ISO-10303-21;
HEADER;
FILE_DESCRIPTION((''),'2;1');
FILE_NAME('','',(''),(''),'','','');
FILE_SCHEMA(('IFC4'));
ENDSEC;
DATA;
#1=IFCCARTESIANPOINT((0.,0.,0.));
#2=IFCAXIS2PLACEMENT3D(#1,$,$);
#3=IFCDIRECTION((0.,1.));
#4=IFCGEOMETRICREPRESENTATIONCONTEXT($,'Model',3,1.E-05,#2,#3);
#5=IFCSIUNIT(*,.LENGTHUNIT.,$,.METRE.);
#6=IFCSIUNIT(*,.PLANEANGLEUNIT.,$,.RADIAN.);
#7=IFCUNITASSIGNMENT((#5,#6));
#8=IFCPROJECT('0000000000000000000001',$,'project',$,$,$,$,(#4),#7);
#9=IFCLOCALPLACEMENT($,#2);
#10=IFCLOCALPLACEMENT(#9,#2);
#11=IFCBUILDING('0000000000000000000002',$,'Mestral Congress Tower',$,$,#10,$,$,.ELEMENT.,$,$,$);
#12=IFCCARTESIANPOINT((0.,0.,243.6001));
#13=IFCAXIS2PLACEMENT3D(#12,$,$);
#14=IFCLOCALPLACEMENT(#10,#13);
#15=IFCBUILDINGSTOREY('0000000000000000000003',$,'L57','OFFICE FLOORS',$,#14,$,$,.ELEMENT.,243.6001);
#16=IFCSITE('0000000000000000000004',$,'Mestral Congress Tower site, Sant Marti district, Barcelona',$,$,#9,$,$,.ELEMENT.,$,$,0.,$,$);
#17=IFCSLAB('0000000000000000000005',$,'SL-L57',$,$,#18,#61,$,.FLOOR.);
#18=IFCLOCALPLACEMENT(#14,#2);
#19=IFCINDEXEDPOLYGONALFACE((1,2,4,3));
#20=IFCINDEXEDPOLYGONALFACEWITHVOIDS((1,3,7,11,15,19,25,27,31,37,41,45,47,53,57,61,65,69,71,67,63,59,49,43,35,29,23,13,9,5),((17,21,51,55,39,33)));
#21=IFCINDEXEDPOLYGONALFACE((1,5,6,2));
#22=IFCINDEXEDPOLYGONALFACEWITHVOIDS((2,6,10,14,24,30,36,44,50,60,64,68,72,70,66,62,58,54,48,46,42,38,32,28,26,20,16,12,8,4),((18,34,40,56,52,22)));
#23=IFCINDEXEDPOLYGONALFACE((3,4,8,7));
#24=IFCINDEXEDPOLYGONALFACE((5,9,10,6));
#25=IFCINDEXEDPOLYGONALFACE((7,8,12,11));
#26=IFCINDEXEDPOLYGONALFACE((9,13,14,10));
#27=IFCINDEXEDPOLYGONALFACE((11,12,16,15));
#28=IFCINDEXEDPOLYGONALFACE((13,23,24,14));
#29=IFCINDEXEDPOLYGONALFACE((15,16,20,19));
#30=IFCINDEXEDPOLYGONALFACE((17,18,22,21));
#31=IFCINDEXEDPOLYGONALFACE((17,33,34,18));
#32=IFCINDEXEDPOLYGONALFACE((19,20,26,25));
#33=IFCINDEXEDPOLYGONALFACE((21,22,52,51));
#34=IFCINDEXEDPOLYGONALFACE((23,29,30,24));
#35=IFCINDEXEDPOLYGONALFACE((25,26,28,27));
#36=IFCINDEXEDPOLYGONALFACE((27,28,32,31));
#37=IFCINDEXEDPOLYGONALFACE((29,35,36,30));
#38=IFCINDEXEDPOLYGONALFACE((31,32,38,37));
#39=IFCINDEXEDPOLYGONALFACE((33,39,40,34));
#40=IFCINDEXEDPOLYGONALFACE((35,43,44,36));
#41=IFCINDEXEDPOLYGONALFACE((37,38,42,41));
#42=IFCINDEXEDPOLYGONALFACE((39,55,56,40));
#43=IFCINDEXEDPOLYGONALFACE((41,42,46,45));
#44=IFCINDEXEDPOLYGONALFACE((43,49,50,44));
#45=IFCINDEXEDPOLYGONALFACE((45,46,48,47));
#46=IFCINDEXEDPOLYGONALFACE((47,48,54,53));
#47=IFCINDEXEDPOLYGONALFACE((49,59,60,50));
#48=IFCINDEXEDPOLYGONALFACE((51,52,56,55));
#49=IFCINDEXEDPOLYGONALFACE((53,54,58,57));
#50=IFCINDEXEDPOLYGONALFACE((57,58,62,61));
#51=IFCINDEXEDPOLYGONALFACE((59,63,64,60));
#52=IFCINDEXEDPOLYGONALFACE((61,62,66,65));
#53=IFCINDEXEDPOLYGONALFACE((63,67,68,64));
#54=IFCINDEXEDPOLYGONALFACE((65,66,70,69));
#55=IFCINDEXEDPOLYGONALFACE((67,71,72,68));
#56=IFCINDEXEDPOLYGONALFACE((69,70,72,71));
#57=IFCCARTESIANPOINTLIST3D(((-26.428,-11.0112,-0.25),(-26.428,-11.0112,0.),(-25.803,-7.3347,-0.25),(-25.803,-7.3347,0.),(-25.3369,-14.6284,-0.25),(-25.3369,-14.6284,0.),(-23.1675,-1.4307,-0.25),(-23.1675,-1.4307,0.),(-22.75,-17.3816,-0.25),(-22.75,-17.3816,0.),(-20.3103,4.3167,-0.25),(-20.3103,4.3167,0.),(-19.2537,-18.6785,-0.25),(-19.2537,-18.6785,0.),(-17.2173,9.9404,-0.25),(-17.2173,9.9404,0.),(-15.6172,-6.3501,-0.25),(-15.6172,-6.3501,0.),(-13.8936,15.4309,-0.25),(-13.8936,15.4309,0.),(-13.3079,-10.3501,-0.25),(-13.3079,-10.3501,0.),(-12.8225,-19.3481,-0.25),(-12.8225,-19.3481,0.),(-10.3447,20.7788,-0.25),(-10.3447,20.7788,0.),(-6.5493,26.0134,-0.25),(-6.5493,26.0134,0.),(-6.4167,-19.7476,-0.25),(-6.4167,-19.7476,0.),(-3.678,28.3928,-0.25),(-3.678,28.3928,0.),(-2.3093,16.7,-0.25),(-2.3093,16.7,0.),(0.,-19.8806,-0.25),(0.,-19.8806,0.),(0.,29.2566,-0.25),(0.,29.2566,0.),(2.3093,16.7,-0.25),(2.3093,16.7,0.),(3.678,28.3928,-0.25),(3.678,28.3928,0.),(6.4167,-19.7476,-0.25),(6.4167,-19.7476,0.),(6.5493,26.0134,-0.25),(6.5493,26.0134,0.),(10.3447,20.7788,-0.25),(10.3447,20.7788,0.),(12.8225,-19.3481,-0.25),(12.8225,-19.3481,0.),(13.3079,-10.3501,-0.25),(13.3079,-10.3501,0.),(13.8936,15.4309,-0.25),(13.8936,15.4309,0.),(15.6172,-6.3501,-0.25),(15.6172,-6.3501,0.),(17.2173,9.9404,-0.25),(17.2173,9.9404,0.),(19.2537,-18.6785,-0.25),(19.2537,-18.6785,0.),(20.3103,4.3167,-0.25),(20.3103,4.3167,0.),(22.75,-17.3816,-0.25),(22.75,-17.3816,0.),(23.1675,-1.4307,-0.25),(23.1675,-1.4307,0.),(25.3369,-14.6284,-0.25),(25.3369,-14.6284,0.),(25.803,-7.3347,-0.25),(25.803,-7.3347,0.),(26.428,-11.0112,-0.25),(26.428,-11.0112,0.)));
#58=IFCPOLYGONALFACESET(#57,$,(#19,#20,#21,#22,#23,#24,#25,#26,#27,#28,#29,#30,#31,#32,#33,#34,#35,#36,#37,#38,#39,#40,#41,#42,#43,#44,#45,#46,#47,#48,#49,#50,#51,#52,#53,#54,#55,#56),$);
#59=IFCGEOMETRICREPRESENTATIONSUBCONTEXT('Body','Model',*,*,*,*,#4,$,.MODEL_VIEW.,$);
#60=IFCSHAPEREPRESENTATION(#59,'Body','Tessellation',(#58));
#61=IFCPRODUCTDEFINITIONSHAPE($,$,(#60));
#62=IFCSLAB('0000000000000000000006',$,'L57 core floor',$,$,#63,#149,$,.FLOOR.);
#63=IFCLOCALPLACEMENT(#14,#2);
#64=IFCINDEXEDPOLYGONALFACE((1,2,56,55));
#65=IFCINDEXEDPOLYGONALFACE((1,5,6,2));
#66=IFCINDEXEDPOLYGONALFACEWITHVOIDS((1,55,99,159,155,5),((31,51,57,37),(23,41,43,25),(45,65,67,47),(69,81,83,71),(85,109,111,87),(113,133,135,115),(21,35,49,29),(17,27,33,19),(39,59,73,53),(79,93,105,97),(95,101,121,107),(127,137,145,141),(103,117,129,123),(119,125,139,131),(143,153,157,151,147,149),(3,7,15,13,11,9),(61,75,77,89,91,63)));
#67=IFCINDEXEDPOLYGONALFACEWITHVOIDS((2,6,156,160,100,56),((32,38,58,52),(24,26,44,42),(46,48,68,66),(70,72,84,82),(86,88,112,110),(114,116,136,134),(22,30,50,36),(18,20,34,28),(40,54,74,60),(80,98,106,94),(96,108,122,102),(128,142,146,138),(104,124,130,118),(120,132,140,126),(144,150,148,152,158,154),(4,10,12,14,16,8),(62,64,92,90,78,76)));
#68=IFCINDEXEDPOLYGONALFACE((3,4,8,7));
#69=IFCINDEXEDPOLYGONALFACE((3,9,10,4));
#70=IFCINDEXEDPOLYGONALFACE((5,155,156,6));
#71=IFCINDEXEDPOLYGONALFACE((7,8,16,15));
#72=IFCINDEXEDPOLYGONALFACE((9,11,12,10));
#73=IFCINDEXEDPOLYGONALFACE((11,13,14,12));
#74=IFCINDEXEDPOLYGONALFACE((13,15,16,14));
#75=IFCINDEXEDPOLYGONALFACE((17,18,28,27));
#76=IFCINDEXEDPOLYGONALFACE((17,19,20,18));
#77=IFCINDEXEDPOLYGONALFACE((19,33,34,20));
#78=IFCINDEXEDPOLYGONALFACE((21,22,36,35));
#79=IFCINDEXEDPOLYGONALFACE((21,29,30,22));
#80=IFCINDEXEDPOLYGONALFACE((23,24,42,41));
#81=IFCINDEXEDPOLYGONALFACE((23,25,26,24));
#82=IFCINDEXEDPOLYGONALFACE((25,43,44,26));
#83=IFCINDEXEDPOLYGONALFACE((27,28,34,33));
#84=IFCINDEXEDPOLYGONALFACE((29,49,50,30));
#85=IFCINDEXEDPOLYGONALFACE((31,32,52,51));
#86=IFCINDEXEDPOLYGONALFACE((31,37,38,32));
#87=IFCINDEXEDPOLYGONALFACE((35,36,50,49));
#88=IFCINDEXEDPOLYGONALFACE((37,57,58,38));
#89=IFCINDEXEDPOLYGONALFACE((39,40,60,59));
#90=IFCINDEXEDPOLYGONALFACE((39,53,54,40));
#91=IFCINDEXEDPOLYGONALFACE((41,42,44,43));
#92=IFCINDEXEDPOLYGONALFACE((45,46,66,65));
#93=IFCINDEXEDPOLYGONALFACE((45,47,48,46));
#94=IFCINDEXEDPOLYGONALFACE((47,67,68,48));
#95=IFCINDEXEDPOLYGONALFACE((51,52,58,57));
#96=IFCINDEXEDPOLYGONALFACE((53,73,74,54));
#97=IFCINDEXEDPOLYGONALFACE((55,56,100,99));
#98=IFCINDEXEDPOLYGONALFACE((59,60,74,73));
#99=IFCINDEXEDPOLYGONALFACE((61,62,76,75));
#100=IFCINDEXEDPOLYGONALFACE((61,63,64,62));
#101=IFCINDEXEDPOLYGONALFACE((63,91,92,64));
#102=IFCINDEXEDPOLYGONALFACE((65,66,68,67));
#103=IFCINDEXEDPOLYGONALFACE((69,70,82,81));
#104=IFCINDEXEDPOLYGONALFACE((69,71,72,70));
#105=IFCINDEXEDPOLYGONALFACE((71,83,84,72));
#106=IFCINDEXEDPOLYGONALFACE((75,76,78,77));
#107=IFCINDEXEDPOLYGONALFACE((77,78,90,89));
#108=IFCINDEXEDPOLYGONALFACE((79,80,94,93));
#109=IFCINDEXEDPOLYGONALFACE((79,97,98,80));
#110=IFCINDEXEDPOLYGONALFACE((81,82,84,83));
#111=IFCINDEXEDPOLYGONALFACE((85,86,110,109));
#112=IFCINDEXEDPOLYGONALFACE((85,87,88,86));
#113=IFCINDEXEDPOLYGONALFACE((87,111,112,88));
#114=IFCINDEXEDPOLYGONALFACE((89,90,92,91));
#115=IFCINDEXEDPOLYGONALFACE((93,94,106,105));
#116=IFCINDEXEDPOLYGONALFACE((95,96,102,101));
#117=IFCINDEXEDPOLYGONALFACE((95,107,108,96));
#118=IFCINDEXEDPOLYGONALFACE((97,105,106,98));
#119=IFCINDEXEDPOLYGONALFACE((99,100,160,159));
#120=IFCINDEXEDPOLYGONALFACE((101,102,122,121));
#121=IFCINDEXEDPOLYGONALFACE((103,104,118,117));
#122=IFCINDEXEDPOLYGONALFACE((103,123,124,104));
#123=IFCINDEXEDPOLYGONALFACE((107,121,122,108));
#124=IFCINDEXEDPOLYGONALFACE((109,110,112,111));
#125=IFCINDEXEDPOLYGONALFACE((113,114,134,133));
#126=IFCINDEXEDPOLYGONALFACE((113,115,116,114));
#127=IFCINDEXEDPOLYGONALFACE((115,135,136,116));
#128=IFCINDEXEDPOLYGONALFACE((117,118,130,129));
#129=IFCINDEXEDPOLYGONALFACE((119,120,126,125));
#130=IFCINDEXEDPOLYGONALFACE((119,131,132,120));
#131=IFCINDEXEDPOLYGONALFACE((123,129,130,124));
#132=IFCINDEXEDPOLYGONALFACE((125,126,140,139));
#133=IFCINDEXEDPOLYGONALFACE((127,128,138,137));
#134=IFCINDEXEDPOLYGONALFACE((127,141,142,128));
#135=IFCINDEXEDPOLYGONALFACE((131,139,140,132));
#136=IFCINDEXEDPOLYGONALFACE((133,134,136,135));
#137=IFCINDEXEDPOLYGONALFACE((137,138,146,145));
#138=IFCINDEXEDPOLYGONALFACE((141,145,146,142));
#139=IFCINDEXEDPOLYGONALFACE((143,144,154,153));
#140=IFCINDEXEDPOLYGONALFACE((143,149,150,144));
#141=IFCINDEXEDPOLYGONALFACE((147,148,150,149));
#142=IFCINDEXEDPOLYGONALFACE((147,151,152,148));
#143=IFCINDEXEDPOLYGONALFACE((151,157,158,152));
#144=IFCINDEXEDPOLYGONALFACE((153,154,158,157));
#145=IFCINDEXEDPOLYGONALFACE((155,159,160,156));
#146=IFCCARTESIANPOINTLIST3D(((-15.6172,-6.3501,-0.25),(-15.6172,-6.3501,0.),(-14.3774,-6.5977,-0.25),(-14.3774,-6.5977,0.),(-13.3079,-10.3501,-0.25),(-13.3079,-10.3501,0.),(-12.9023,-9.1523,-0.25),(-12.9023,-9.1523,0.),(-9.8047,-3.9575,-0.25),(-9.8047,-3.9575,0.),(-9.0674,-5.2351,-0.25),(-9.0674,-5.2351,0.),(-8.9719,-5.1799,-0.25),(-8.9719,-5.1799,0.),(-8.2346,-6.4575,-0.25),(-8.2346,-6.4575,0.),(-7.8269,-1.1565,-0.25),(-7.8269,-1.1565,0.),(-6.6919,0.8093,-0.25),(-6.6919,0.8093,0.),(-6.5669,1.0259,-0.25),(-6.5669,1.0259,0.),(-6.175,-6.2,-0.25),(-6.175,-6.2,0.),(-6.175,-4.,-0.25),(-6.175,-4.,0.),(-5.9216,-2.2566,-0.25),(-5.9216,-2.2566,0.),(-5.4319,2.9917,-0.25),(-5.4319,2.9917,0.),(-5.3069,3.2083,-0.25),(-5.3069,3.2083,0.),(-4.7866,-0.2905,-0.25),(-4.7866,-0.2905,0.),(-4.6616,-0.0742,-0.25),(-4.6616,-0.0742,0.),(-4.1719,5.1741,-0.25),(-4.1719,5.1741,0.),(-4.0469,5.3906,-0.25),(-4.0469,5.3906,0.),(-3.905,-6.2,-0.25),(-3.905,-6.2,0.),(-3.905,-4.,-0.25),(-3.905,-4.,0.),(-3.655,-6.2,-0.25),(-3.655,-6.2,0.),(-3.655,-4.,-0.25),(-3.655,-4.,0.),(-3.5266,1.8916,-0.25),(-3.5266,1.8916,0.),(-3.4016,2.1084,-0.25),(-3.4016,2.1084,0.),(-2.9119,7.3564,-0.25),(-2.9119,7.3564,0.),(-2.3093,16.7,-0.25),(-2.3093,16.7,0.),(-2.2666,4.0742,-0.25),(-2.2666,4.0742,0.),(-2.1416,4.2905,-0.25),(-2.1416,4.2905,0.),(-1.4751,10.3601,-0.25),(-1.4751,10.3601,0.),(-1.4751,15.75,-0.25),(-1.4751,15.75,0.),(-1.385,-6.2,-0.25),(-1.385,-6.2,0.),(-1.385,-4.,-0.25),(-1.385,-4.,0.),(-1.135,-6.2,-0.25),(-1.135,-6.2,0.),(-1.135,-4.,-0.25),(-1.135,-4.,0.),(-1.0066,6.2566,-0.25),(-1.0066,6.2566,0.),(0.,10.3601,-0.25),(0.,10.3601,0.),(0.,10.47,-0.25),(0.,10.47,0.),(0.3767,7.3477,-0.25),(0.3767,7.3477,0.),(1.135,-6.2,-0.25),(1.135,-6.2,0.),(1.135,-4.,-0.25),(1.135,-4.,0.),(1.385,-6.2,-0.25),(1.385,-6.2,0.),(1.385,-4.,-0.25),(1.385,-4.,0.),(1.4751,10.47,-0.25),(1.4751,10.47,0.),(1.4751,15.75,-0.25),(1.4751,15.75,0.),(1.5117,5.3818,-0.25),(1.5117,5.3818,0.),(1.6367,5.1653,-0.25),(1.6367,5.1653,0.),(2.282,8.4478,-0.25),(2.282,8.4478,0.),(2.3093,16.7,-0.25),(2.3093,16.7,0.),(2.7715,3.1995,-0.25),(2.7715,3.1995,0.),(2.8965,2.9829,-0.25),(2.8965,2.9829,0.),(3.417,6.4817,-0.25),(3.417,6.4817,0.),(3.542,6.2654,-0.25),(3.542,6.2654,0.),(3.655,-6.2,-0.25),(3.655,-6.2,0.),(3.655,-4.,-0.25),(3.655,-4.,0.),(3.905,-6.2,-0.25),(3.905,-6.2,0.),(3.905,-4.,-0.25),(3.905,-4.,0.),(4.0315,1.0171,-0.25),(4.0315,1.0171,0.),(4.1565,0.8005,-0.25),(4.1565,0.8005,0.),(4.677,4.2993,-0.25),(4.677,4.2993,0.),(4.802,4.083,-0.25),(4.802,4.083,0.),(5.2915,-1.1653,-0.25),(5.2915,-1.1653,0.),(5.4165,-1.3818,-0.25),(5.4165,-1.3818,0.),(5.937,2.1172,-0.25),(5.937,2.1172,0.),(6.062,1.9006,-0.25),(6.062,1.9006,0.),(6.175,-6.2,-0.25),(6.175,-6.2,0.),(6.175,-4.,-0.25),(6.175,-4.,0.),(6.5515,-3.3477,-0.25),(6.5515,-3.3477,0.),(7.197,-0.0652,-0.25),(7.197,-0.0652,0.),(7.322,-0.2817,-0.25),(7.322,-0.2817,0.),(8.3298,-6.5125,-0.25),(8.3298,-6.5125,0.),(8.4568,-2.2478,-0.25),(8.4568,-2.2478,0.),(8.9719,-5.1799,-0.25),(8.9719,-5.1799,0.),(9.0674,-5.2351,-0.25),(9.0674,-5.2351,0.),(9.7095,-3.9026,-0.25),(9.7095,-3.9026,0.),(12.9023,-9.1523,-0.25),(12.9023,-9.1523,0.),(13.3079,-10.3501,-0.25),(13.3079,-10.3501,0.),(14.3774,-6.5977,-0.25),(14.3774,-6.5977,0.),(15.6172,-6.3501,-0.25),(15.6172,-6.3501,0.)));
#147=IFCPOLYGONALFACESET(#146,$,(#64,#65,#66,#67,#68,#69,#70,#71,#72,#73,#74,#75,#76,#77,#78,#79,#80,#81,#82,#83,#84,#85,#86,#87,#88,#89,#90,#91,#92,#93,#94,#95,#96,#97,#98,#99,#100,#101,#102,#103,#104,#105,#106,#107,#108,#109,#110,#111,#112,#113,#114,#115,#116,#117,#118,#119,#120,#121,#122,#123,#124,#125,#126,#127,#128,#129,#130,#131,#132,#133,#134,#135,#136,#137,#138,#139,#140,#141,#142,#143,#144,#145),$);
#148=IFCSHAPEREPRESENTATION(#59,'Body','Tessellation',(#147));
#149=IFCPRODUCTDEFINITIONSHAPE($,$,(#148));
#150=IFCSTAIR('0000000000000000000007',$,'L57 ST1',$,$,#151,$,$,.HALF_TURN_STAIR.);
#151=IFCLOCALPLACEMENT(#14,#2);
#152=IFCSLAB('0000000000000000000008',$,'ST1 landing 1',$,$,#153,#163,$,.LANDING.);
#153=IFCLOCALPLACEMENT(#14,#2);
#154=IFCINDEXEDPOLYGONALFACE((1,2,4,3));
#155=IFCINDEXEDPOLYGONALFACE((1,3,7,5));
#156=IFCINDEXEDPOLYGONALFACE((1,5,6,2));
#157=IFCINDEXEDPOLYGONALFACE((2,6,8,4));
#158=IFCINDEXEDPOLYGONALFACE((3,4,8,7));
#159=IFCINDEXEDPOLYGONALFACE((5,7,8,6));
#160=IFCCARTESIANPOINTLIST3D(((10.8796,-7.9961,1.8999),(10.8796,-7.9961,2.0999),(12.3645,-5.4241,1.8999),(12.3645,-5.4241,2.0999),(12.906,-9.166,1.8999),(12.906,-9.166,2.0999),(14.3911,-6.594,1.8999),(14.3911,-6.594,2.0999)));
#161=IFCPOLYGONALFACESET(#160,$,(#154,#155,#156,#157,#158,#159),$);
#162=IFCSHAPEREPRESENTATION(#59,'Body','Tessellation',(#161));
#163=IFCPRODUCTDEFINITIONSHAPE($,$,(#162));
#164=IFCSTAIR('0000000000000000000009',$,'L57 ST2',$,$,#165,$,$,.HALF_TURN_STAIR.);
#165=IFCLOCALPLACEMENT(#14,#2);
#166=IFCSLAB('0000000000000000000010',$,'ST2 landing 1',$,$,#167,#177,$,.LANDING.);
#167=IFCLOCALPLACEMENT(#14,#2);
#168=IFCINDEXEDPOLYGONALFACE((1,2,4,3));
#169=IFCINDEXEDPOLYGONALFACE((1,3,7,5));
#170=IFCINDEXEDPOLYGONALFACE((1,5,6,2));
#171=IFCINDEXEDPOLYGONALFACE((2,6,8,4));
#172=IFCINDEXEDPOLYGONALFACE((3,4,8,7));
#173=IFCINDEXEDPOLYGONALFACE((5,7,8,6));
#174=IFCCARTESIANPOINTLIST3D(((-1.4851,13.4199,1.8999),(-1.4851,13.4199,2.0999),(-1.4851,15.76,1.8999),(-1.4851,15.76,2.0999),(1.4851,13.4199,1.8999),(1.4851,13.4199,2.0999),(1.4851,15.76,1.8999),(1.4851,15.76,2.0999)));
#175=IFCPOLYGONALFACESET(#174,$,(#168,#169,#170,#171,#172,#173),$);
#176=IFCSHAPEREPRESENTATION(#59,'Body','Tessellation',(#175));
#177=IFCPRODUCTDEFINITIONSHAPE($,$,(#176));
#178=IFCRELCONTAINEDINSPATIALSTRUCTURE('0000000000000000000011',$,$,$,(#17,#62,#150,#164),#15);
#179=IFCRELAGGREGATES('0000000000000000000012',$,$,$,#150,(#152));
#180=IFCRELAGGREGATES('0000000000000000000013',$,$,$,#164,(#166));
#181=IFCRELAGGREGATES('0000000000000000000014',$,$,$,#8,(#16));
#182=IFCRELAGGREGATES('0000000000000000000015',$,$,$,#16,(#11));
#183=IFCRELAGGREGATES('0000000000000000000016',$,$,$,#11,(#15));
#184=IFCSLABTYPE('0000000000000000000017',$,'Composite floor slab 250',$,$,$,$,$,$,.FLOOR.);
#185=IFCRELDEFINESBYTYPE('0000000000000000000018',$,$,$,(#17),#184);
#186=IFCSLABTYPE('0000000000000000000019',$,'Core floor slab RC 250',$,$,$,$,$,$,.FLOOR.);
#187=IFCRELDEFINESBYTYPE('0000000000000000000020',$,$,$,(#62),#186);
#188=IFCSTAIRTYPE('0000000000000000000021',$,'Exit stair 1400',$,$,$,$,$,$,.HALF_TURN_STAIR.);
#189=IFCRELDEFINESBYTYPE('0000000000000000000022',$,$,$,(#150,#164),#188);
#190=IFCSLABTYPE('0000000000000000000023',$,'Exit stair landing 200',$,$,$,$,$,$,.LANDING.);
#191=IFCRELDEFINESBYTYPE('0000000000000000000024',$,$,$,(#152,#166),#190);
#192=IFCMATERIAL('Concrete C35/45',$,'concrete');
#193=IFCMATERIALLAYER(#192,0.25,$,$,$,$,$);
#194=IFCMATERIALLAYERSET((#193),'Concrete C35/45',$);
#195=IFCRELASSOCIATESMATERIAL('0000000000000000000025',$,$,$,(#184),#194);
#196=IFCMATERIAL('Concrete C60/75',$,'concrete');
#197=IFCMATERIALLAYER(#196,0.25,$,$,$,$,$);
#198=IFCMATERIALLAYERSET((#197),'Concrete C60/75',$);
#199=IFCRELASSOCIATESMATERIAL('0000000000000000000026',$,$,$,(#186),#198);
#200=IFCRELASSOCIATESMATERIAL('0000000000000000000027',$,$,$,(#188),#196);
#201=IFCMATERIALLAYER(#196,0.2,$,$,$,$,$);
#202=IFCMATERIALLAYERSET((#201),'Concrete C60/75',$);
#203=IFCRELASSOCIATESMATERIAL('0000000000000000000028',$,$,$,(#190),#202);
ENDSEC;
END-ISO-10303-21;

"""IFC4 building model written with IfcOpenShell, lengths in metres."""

from ifc_helpers import new_model, si_unit, direction, frame, origin, place, context, subcontext, project, spatial, polyline, outline, extrude, material, layer, layer_set, type_object, element, aggregate, save


model = new_model("IFC4")

# Units and contexts
model_context = context("Model", 3, precision=1e-05, world=origin(), true_north=direction((0.0, 1.0)))
body_context = subcontext(model_context, "Body", "Model", "MODEL_VIEW")
ifc_project = project(units=[si_unit("LENGTHUNIT", "METRE"), si_unit("PLANEANGLEUNIT", "RADIAN")], contexts=[model_context])

# Site, building, storey
site_placement = place(None, origin())
site = spatial("IfcSite", under=ifc_project, at=site_placement, Name="Mestral Congress Tower site, Sant Marti district, Barcelona", CompositionType="ELEMENT", RefElevation=0.0)
building_placement = place(site_placement, origin())
building = spatial("IfcBuilding", under=site, at=building_placement, Name="Mestral Congress Tower", CompositionType="ELEMENT")
storey_placement = place(building_placement, frame((0.0, 0.0, 243.6001)))
storey = spatial("IfcBuildingStorey", under=building, at=storey_placement, Name="L57", Description="OFFICE FLOORS", CompositionType="ELEMENT", Elevation=243.6001)

# Slabs
ifc_material_1 = material(Name="Concrete C35/45", Category="concrete")
ifc_layer_1 = layer(ifc_material_1, 0.25)
ifc_layer_set_1 = layer_set([ifc_layer_1], Name="Concrete C35/45")
slab_type_1 = type_object("IfcSlabType", Name="Composite floor slab 250", PredefinedType="FLOOR", material=ifc_layer_set_1)
placement_1 = place(storey_placement, frame((0.0, 0.0, -0.25)))
element("IfcSlab", 1, at=placement_1, inside=storey, type_object=slab_type_1, Name="SL-L57", PredefinedType="FLOOR", context=body_context, shape_type="SweptSolid", body=[
    extrude(outline(polyline([(-19.2537, -18.6785), (-22.75, -17.3816), (-25.3369, -14.6284), (-26.428, -11.0112), (-25.803, -7.3347), (-23.1675, -1.4307), (-20.3103, 4.3167), (-17.2173, 9.9404), (-13.8936, 15.4309), (-10.3447, 20.7788), (-6.5493, 26.0134), (-3.678, 28.3928), (0.0, 29.2566), (3.678, 28.3928), (6.5493, 26.0134), (10.3447, 20.7788), (13.8936, 15.4309), (17.2173, 9.9404), (20.3103, 4.3167), (23.1675, -1.4307), (25.803, -7.3347), (26.428, -11.0112), (25.3369, -14.6284), (22.75, -17.3816), (19.2537, -18.6785), (12.8225, -19.3481), (6.4167, -19.7476), (0.0, -19.8806), (-6.4167, -19.7476), (-12.8225, -19.3481), (-19.2537, -18.6785)]), holes=[polyline([(-2.3093, 16.7), (-15.6172, -6.3501), (-13.3079, -10.3501), (13.3079, -10.3501), (15.6172, -6.3501), (2.3093, 16.7), (-2.3093, 16.7)])]), origin(), (0.0, 0.0, 1.0), 0.25),
])
ifc_material_2 = material(Name="Concrete C60/75", Category="concrete")
ifc_layer_2 = layer(ifc_material_2, 0.25)
ifc_layer_set_2 = layer_set([ifc_layer_2], Name="Concrete C60/75")
slab_type_2 = type_object("IfcSlabType", Name="Core floor slab RC 250", PredefinedType="FLOOR", material=ifc_layer_set_2)
element("IfcSlab", 2, at=placement_1, inside=storey, type_object=slab_type_2, Name="L57 core floor", PredefinedType="FLOOR", context=body_context, shape_type="SweptSolid", body=[
    extrude(outline(polyline([(13.3079, -10.3501), (-13.3079, -10.3501), (-15.6172, -6.3501), (-2.3093, 16.7), (2.3093, 16.7), (15.6172, -6.3501), (13.3079, -10.3501)]), holes=[polyline([(-9.8047, -3.9575), (-14.3774, -6.5977), (-12.9023, -9.1523), (-8.2346, -6.4575), (-8.9719, -5.1799), (-9.0674, -5.2351), (-9.8047, -3.9575)]), polyline([(-3.905, -4.0), (-6.175, -4.0), (-6.175, -6.2), (-3.905, -6.2), (-3.905, -4.0)]), polyline([(-1.385, -4.0), (-3.655, -4.0), (-3.655, -6.2), (-1.385, -6.2), (-1.385, -4.0)]), polyline([(1.135, -4.0), (-1.135, -4.0), (-1.135, -6.2), (1.135, -6.2), (1.135, -4.0)]), polyline([(-5.9216, -2.2566), (-4.7866, -0.2905), (-6.6919, 0.8093), (-7.8269, -1.1565), (-5.9216, -2.2566)]), polyline([(-4.6616, -0.0742), (-3.5266, 1.8916), (-5.4319, 2.9917), (-6.5669, 1.0259), (-4.6616, -0.0742)]), polyline([(-3.4016, 2.1084), (-2.2666, 4.0742), (-4.1719, 5.1741), (-5.3069, 3.2083), (-3.4016, 2.1084)]), polyline([(-2.1416, 4.2905), (-1.0066, 6.2566), (-2.9119, 7.3564), (-4.0469, 5.3906), (-2.1416, 4.2905)]), polyline([(1.4751, 10.47), (1.4751, 15.75), (-1.4751, 15.75), (-1.4751, 10.3601), (0.0, 10.3601), (0.0, 10.47), (1.4751, 10.47)]), polyline([(8.3298, -6.5125), (12.9023, -9.1523), (14.3774, -6.5977), (9.7095, -3.9026), (8.9719, -5.1799), (9.0674, -5.2351), (8.3298, -6.5125)]), polyline([(3.655, -4.0), (1.385, -4.0), (1.385, -6.2), (3.655, -6.2), (3.655, -4.0)]), polyline([(6.175, -4.0), (3.905, -4.0), (3.905, -6.2), (6.175, -6.2), (6.175, -4.0)]), polyline([(5.4165, -1.3818), (6.5515, -3.3477), (8.4568, -2.2478), (7.322, -0.2817), (5.4165, -1.3818)]), polyline([(4.1565, 0.8005), (5.2915, -1.1653), (7.197, -0.0652), (6.062, 1.9006), (4.1565, 0.8005)]), polyline([(2.8965, 2.9829), (4.0315, 1.0171), (5.937, 2.1172), (4.802, 4.083), (2.8965, 2.9829)]), polyline([(3.542, 6.2654), (1.6367, 5.1653), (2.7715, 3.1995), (4.677, 4.2993), (3.542, 6.2654)]), polyline([(2.282, 8.4478), (0.3767, 7.3477), (1.5117, 5.3818), (3.417, 6.4817), (2.282, 8.4478)])]), origin(), (0.0, 0.0, 1.0), 0.25),
])

# Stairs, slabs
stair_type = type_object("IfcStairType", Name="Exit stair 1400", PredefinedType="HALF_TURN_STAIR", material=ifc_material_2)
placement_2 = place(storey_placement, origin())
stair_1 = element("IfcStair", 3, at=placement_2, inside=storey, type_object=stair_type, Name="L57 ST1", PredefinedType="HALF_TURN_STAIR")
ifc_layer_3 = layer(ifc_material_2, 0.2)
ifc_layer_set_3 = layer_set([ifc_layer_3], Name="Concrete C60/75")
slab_type_3 = type_object("IfcSlabType", Name="Exit stair landing 200", PredefinedType="LANDING", material=ifc_layer_set_3)
placement_3 = place(storey_placement, frame((0.0, 0.0, 1.8999)))
slab_1 = element("IfcSlab", 4, at=placement_3, type_object=slab_type_3, Name="ST1 landing 1", PredefinedType="LANDING", context=body_context, shape_type="SweptSolid", body=[
    extrude(outline(polyline([(10.8796, -7.9961), (12.3645, -5.4241), (14.3911, -6.594), (12.906, -9.166), (10.8796, -7.9961)])), origin(), (0.0, 0.0, 1.0), 0.2),
])
aggregate(stair_1, [slab_1])
stair_2 = element("IfcStair", 5, at=placement_2, inside=storey, type_object=stair_type, Name="L57 ST2", PredefinedType="HALF_TURN_STAIR")
slab_2 = element("IfcSlab", 6, at=placement_3, type_object=slab_type_3, Name="ST2 landing 1", PredefinedType="LANDING", context=body_context, shape_type="SweptSolid", body=[
    extrude(outline(polyline([(1.4851, 13.4199), (-1.4851, 13.4199), (-1.4851, 15.76), (1.4851, 15.76), (1.4851, 13.4199)])), origin(), (0.0, 0.0, 1.0), 0.2),
])
aggregate(stair_2, [slab_2])

save(model, "model.ifc")
